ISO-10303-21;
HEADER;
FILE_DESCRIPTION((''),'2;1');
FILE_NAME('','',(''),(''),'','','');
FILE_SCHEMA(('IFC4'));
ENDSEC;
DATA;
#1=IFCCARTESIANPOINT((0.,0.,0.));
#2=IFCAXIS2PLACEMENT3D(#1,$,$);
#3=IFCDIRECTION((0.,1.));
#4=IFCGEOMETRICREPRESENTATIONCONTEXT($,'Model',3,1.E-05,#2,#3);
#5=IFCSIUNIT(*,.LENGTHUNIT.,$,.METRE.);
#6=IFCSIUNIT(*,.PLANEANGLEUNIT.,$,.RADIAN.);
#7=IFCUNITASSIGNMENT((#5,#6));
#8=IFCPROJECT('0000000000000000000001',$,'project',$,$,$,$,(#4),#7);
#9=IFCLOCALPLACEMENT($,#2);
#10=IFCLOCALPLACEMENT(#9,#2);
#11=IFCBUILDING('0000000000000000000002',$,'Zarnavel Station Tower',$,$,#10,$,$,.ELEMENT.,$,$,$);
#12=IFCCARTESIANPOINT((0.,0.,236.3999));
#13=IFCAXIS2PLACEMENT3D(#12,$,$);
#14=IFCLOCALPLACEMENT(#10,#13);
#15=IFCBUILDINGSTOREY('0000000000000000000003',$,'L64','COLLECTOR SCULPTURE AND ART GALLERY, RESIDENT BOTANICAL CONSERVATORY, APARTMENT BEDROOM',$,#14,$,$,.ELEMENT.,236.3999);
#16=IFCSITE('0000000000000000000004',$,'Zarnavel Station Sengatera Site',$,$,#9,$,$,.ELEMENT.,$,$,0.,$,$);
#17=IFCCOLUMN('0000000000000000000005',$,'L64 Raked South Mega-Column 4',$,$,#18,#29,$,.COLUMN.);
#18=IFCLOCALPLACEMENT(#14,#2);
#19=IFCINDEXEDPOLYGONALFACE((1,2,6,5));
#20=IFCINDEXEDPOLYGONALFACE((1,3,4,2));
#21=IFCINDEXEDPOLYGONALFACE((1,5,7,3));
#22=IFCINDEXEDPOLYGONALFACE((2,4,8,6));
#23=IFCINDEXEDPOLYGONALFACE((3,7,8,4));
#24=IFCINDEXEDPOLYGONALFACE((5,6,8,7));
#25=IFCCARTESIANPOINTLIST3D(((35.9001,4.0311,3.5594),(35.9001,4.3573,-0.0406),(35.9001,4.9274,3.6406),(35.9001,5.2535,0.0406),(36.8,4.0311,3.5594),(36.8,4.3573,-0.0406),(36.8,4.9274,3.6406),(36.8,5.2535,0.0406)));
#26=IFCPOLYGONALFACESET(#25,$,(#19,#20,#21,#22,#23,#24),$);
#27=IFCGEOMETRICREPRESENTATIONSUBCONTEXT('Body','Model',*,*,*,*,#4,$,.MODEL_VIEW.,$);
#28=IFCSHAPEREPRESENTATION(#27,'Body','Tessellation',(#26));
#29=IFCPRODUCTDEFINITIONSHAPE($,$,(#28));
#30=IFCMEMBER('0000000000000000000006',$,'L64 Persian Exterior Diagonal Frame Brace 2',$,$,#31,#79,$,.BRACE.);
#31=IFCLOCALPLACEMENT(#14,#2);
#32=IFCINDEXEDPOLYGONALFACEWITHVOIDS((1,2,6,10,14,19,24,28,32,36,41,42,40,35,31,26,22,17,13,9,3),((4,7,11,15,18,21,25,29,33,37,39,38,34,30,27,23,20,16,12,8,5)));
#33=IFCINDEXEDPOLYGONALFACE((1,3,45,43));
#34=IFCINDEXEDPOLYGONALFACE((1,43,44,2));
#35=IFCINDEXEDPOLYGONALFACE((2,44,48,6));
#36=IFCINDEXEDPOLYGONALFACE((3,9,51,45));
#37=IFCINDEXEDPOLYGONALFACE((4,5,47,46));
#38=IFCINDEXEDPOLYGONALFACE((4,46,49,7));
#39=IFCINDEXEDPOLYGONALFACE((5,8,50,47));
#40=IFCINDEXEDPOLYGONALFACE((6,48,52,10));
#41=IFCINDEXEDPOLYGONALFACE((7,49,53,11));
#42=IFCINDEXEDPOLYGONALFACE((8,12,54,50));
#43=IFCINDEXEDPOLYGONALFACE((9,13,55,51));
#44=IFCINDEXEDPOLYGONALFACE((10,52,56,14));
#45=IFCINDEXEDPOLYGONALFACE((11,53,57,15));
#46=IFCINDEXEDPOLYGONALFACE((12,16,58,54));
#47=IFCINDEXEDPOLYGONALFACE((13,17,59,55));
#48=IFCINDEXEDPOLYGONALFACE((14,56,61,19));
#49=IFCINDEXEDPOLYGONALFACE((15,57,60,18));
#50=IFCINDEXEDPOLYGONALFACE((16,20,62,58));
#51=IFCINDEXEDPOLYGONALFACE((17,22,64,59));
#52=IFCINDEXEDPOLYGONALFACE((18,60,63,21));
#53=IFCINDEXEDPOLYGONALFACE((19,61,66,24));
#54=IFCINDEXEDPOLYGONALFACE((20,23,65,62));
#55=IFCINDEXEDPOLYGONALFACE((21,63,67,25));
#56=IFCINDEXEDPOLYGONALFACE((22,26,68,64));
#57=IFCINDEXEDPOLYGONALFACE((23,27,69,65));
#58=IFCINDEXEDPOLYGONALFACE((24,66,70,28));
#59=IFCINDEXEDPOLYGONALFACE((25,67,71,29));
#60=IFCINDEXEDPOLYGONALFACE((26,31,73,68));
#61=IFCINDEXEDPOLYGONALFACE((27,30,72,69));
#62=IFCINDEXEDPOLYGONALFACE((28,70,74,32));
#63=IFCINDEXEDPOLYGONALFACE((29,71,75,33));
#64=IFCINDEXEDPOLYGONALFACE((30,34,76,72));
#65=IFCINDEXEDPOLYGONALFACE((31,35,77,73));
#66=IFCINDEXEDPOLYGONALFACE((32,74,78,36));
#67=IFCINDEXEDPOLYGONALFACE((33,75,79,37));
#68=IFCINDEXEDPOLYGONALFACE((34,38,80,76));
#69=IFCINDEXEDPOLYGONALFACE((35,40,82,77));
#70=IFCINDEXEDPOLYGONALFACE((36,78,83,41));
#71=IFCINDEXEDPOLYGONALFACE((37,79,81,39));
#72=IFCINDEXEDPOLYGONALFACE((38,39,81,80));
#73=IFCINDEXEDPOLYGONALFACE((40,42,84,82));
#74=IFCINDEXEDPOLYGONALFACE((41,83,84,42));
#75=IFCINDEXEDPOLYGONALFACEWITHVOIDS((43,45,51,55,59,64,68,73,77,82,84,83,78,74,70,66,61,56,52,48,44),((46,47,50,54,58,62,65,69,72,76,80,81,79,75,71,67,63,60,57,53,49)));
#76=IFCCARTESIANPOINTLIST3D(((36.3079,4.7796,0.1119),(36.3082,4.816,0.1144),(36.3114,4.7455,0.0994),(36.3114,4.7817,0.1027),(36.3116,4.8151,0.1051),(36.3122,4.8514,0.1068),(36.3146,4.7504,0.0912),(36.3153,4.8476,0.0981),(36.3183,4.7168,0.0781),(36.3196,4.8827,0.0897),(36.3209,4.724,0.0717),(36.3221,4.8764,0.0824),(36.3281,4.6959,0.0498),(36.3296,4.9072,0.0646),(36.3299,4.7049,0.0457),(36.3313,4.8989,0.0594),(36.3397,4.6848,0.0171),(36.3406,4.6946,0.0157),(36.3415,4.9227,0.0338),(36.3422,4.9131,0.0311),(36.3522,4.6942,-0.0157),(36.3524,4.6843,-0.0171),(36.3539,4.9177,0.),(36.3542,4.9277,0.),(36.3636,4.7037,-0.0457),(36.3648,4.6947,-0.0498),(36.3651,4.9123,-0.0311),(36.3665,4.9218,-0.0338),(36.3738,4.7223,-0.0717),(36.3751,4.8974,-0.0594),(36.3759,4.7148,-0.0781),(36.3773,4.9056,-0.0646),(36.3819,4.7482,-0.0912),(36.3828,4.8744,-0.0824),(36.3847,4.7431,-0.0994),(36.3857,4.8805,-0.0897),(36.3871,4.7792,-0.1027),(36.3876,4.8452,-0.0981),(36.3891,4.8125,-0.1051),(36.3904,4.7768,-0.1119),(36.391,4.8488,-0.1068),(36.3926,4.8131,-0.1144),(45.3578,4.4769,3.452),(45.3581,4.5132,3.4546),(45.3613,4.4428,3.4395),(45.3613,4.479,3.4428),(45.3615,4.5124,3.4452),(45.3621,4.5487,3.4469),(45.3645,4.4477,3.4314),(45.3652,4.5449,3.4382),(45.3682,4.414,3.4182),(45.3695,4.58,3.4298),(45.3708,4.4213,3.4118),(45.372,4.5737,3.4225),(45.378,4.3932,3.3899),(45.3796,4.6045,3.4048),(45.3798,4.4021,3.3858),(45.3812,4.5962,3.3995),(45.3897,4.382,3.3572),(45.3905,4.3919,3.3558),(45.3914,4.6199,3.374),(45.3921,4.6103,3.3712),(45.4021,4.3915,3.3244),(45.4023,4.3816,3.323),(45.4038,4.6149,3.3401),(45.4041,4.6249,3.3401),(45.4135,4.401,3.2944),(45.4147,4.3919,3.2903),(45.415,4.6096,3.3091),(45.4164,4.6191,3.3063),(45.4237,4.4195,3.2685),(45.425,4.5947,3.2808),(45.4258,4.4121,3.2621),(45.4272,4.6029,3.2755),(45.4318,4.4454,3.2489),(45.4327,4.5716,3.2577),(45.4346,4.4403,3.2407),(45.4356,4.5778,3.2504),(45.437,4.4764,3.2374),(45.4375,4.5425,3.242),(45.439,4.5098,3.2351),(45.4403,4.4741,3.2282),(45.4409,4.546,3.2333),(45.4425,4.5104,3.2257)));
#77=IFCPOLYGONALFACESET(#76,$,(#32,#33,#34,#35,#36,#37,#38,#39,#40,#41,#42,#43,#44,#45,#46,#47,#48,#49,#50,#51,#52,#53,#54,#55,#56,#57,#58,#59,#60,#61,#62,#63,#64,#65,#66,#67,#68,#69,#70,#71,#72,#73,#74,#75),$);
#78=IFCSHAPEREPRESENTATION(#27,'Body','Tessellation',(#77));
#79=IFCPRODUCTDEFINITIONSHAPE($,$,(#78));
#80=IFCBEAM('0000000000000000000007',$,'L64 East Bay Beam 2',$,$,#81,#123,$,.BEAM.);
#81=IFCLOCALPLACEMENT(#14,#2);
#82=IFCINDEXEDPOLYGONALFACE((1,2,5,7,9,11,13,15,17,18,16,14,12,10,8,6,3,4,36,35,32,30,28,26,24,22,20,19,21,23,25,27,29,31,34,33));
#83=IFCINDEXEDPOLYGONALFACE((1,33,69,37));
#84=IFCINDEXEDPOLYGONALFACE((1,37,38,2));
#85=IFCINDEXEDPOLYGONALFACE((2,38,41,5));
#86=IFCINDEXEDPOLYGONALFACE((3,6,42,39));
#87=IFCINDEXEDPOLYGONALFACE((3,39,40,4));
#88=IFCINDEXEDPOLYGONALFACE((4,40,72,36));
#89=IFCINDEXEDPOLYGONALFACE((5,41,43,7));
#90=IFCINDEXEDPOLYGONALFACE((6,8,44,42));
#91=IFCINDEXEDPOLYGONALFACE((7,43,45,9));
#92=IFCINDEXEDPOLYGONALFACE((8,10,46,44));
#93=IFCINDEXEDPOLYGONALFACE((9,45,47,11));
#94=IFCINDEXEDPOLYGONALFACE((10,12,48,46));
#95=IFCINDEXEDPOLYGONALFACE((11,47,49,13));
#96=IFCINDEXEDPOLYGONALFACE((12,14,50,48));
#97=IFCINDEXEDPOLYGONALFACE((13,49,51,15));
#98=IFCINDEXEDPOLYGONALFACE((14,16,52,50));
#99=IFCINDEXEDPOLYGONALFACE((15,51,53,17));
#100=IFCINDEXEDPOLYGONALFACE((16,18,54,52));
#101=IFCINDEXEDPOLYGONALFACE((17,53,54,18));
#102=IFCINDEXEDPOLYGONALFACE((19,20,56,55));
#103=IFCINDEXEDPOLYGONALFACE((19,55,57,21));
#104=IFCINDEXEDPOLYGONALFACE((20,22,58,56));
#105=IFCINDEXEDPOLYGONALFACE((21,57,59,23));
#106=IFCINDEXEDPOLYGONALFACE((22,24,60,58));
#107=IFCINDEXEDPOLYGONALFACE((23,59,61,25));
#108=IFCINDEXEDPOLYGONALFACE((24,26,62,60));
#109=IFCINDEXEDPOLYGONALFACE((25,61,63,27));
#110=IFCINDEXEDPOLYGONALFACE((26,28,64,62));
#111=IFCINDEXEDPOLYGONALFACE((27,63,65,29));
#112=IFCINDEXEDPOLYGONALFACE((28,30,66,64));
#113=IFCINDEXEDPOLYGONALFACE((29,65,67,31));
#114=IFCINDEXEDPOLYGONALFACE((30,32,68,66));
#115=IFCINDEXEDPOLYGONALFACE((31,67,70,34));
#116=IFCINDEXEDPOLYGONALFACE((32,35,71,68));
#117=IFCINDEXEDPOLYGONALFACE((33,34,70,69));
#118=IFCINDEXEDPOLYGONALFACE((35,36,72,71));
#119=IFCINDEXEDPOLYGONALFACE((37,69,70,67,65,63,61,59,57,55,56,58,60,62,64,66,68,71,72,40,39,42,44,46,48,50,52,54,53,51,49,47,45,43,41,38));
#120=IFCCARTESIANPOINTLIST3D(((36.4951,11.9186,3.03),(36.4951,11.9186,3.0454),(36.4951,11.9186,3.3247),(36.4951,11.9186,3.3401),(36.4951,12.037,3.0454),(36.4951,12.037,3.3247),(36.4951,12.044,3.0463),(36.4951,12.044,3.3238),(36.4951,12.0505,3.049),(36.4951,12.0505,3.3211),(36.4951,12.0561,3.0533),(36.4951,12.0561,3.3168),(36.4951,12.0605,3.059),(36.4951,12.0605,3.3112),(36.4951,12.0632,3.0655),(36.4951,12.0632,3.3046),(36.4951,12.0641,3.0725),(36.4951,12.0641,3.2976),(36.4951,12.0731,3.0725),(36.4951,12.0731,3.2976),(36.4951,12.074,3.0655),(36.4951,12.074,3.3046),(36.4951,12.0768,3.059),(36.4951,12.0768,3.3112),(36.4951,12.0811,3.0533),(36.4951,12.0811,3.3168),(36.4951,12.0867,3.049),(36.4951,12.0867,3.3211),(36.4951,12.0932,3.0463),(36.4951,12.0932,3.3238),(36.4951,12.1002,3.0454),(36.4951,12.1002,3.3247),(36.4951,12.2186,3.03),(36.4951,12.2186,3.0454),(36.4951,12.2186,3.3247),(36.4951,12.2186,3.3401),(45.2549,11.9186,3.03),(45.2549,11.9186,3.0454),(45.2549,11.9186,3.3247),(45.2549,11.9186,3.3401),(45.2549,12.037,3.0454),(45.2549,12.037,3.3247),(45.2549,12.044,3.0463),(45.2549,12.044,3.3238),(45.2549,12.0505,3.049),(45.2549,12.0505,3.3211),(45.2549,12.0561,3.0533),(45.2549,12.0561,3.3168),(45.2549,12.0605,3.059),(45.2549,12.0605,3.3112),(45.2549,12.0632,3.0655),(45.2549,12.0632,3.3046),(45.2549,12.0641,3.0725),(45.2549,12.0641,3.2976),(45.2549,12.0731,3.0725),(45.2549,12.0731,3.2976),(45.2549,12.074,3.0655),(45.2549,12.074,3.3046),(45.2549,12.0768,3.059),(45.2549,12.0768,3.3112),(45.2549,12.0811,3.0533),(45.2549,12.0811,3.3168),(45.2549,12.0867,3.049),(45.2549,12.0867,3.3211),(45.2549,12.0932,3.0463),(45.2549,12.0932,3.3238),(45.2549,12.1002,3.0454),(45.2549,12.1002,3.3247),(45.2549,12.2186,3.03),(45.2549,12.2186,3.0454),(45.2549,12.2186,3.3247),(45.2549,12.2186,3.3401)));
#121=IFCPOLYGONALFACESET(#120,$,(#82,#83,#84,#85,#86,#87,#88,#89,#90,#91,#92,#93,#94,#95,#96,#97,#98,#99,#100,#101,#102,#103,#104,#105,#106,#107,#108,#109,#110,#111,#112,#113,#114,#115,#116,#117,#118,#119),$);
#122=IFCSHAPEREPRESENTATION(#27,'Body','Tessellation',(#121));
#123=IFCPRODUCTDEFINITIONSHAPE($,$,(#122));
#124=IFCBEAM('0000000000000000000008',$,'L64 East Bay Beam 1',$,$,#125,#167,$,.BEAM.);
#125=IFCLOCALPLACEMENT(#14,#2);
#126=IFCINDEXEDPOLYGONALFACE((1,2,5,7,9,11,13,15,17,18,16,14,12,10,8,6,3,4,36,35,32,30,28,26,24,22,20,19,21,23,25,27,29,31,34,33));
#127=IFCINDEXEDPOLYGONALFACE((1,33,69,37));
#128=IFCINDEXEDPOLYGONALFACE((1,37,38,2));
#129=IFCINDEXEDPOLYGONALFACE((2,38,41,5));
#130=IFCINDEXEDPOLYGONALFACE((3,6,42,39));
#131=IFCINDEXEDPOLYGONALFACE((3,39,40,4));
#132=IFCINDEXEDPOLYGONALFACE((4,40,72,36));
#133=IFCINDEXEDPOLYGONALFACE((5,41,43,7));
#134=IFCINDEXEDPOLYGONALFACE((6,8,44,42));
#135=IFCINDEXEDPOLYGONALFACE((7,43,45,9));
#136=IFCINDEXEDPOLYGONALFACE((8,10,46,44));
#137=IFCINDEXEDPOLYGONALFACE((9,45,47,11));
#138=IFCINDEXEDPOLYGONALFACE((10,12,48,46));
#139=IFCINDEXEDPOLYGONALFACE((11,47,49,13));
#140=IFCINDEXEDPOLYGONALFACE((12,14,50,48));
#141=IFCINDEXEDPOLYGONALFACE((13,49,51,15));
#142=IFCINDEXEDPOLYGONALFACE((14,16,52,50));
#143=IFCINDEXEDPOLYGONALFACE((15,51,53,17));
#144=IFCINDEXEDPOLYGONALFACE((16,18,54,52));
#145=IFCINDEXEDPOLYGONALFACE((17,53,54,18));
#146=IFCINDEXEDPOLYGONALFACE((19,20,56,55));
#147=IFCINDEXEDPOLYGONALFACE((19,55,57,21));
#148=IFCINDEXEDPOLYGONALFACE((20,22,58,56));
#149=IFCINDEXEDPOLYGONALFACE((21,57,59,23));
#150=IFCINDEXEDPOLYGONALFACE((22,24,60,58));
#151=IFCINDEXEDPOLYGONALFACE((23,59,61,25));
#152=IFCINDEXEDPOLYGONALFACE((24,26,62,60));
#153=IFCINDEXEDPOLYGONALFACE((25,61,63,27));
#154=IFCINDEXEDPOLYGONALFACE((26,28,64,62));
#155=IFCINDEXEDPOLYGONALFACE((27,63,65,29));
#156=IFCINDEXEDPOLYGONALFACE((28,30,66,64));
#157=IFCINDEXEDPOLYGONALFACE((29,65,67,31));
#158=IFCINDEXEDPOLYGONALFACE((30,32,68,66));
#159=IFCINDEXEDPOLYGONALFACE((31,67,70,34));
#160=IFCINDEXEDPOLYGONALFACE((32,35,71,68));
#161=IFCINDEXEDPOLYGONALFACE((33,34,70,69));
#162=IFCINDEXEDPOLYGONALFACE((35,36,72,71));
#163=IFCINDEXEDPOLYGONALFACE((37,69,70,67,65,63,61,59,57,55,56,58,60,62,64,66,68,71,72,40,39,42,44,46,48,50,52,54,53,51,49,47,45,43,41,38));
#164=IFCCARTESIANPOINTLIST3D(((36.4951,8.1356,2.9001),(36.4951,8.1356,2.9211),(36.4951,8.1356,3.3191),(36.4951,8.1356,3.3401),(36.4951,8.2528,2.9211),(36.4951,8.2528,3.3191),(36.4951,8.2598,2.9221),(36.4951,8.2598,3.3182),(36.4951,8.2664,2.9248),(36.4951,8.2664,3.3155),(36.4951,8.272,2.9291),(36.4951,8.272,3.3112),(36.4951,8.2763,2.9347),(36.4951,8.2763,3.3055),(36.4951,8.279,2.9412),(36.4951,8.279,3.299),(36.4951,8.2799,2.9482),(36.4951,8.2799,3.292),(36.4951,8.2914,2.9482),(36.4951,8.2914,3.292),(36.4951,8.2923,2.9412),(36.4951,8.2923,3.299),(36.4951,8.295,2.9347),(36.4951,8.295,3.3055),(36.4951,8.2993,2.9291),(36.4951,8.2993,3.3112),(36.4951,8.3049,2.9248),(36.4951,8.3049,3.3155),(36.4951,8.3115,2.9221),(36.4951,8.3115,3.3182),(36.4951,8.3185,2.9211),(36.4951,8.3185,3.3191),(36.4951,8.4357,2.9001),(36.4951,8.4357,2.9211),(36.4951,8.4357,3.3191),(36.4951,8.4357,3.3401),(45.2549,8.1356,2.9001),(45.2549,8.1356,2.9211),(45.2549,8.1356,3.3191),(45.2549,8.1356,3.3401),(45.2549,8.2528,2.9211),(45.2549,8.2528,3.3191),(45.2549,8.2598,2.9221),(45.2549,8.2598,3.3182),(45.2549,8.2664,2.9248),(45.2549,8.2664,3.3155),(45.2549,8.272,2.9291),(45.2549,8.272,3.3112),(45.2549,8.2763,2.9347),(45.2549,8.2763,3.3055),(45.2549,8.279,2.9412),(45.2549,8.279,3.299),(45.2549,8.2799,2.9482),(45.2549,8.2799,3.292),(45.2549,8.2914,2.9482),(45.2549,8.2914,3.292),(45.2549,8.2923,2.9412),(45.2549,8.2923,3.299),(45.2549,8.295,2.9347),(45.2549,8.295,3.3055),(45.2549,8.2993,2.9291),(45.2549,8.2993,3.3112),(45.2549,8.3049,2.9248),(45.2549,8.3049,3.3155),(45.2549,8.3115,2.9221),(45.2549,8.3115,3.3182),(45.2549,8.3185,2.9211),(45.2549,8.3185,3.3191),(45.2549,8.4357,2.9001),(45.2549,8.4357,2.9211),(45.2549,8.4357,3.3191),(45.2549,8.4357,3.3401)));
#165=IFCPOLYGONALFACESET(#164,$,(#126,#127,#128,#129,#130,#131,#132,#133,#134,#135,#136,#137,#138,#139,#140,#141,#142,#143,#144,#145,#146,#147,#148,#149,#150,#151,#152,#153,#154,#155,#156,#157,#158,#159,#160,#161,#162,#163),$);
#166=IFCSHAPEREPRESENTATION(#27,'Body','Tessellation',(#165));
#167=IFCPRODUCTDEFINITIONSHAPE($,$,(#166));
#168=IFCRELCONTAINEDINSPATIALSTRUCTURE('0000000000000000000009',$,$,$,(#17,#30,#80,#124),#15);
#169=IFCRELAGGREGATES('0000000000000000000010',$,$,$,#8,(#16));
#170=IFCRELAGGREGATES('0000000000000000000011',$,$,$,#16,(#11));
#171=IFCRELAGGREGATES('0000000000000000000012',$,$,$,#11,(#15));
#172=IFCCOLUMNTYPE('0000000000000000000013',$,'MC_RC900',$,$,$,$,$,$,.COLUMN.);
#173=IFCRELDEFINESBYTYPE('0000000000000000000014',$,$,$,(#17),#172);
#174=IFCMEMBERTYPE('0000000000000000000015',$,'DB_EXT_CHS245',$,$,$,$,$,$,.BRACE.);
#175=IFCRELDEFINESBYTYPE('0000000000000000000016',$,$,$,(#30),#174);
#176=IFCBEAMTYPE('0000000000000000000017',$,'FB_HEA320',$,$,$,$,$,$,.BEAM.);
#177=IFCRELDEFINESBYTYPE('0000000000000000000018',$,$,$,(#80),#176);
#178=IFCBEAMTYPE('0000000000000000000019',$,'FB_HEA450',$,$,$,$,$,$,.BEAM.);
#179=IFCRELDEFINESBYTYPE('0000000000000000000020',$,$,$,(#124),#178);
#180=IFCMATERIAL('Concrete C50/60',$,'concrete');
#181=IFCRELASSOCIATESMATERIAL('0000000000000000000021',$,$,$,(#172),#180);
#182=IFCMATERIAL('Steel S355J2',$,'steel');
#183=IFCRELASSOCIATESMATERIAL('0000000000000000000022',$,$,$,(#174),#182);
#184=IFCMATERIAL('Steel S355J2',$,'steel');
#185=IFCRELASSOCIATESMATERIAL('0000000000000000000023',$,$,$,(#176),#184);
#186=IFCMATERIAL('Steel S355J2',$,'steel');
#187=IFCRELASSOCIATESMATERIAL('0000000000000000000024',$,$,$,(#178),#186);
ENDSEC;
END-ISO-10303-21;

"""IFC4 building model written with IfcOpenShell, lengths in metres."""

from ifc_helpers import new_model, si_unit, direction, frame, origin, origin_2d, place, context, subcontext, project, spatial, rectangle, hollow_circle, i_section, extrude, material, material_profile, profile_set, type_object, element, save


model = new_model("IFC4")

# Units and contexts
model_context = context("Model", 3, precision=1e-05, world=origin(), true_north=direction((0.0, 1.0)))
body_context = subcontext(model_context, "Body", "Model", "MODEL_VIEW")
ifc_project = project(units=[si_unit("LENGTHUNIT", "METRE"), si_unit("PLANEANGLEUNIT", "RADIAN")], contexts=[model_context])

# Site, building, storey
site_placement = place(None, origin())
site = spatial("IfcSite", under=ifc_project, at=site_placement, Name="Zarnavel Station Sengatera Site", CompositionType="ELEMENT", RefElevation=0.0)
building_placement = place(site_placement, origin())
building = spatial("IfcBuilding", under=site, at=building_placement, Name="Zarnavel Station Tower", CompositionType="ELEMENT")
storey_placement = place(building_placement, frame((0.0, 0.0, 236.3999)))
storey = spatial("IfcBuildingStorey", under=building, at=storey_placement, Name="L64", Description="COLLECTOR SCULPTURE AND ART GALLERY, RESIDENT BOTANICAL CONSERVATORY, APARTMENT BEDROOM", CompositionType="ELEMENT", Elevation=236.3999)

# Column
ifc_material_1 = material(Name="Concrete C50/60", Category="concrete")
ifc_material_profile_1 = material_profile(ifc_material_1, rectangle(XDim=0.8999, YDim=0.8999, at=origin_2d()), Name="RC900x900")
ifc_profile_set_1 = profile_set([ifc_material_profile_1], Name="Concrete C50/60")
column_type = type_object("IfcColumnType", Name="MC_RC900", PredefinedType="COLUMN", material=ifc_profile_set_1)
column_placement = place(storey_placement, frame((36.3501, 4.8054, 0.0), z_axis=(0.0, -0.090231, 0.995921), x_axis=(1.0, 0.0, 0.0)))
element("IfcColumn", 1, at=column_placement, inside=storey, type_object=column_type, Name="L64 Raked South Mega-Column 4", PredefinedType="COLUMN", context=body_context, shape_type="SweptSolid", body=[
    extrude(rectangle(XDim=0.8999, YDim=0.8999, at=origin_2d()), origin(), (0.0, 0.0, 1.0), 3.6147),
])

# Member
ifc_material_2 = material(Name="Steel S355J2", Category="steel")
ifc_material_profile_2 = material_profile(ifc_material_2, hollow_circle(Radius=0.1223, WallThickness=0.01, at=origin_2d()), Name="CHS244.5x10")
ifc_profile_set_2 = profile_set([ifc_material_profile_2], Name="Steel S355J2")
member_type = type_object("IfcMemberType", Name="DB_EXT_CHS245", PredefinedType="BRACE", material=ifc_profile_set_2)
member_placement = place(storey_placement, frame((36.3501, 4.8054, 0.0), z_axis=(0.937681, -0.031367, 0.346078), x_axis=(0.033433, 0.999441, 0.0)))
element("IfcMember", 2, at=member_placement, inside=storey, type_object=member_type, Name="L64 Persian Exterior Diagonal Frame Brace 2", PredefinedType="BRACE", context=body_context, shape_type="SweptSolid", body=[
    extrude(hollow_circle(Radius=0.1223, WallThickness=0.01, at=origin_2d()), origin(), (0.0, 0.0, 1.0), 9.6514),
])

# Beams
ifc_material_3 = material(Name="Steel S355J2", Category="steel")
ifc_material_profile_3 = material_profile(ifc_material_3, i_section(OverallWidth=0.3, OverallDepth=0.3101, WebThickness=0.009, FlangeThickness=0.0154, FilletRadius=0.0271, at=origin_2d()), Name="HEA320")
ifc_profile_set_3 = profile_set([ifc_material_profile_3], Name="Steel S355J2")
beam_type_1 = type_object("IfcBeamType", Name="FB_HEA320", PredefinedType="BEAM", material=ifc_profile_set_3)
beam_placement = place(storey_placement, frame((36.4951, 12.0686, 3.1851), z_axis=(1.0, 0.0, 0.0), x_axis=(0.0, 1.0, 0.0)))
element("IfcBeam", 3, at=beam_placement, inside=storey, type_object=beam_type_1, Name="L64 East Bay Beam 2", PredefinedType="BEAM", context=body_context, shape_type="SweptSolid", body=[
    extrude(i_section(OverallWidth=0.3, OverallDepth=0.3101, WebThickness=0.009, FlangeThickness=0.0154, FilletRadius=0.0271, at=origin_2d()), origin(), (0.0, 0.0, 1.0), 8.7598),
])
ifc_material_4 = material(Name="Steel S355J2", Category="steel")
ifc_material_profile_4 = material_profile(ifc_material_4, i_section(OverallWidth=0.3, OverallDepth=0.4399, WebThickness=0.0115, FlangeThickness=0.021, FilletRadius=0.0271, at=origin_2d()), Name="HEA450")
ifc_profile_set_4 = profile_set([ifc_material_profile_4], Name="Steel S355J2")
beam_type_2 = type_object("IfcBeamType", Name="FB_HEA450", PredefinedType="BEAM", material=ifc_profile_set_4)
for number, where, z_axis, x_axis, name in (
    (4, (36.4951, 8.2856, 3.1201), (1.0, 0.0, 0.0), (0.0, 1.0, 0.0), "L64 East Bay Beam 1"),
):
    element("IfcBeam", number, at=place(storey_placement, frame(where, z_axis=z_axis, x_axis=x_axis)), inside=storey, type_object=beam_type_2, Name=name, PredefinedType="BEAM", context=body_context, shape_type="SweptSolid", body=[
        extrude(i_section(OverallWidth=0.3, OverallDepth=0.4399, WebThickness=0.0115, FlangeThickness=0.021, FilletRadius=0.0271, at=origin_2d()), origin(), (0.0, 0.0, 1.0), 8.7598),
    ])

save(model, "model.ifc")
